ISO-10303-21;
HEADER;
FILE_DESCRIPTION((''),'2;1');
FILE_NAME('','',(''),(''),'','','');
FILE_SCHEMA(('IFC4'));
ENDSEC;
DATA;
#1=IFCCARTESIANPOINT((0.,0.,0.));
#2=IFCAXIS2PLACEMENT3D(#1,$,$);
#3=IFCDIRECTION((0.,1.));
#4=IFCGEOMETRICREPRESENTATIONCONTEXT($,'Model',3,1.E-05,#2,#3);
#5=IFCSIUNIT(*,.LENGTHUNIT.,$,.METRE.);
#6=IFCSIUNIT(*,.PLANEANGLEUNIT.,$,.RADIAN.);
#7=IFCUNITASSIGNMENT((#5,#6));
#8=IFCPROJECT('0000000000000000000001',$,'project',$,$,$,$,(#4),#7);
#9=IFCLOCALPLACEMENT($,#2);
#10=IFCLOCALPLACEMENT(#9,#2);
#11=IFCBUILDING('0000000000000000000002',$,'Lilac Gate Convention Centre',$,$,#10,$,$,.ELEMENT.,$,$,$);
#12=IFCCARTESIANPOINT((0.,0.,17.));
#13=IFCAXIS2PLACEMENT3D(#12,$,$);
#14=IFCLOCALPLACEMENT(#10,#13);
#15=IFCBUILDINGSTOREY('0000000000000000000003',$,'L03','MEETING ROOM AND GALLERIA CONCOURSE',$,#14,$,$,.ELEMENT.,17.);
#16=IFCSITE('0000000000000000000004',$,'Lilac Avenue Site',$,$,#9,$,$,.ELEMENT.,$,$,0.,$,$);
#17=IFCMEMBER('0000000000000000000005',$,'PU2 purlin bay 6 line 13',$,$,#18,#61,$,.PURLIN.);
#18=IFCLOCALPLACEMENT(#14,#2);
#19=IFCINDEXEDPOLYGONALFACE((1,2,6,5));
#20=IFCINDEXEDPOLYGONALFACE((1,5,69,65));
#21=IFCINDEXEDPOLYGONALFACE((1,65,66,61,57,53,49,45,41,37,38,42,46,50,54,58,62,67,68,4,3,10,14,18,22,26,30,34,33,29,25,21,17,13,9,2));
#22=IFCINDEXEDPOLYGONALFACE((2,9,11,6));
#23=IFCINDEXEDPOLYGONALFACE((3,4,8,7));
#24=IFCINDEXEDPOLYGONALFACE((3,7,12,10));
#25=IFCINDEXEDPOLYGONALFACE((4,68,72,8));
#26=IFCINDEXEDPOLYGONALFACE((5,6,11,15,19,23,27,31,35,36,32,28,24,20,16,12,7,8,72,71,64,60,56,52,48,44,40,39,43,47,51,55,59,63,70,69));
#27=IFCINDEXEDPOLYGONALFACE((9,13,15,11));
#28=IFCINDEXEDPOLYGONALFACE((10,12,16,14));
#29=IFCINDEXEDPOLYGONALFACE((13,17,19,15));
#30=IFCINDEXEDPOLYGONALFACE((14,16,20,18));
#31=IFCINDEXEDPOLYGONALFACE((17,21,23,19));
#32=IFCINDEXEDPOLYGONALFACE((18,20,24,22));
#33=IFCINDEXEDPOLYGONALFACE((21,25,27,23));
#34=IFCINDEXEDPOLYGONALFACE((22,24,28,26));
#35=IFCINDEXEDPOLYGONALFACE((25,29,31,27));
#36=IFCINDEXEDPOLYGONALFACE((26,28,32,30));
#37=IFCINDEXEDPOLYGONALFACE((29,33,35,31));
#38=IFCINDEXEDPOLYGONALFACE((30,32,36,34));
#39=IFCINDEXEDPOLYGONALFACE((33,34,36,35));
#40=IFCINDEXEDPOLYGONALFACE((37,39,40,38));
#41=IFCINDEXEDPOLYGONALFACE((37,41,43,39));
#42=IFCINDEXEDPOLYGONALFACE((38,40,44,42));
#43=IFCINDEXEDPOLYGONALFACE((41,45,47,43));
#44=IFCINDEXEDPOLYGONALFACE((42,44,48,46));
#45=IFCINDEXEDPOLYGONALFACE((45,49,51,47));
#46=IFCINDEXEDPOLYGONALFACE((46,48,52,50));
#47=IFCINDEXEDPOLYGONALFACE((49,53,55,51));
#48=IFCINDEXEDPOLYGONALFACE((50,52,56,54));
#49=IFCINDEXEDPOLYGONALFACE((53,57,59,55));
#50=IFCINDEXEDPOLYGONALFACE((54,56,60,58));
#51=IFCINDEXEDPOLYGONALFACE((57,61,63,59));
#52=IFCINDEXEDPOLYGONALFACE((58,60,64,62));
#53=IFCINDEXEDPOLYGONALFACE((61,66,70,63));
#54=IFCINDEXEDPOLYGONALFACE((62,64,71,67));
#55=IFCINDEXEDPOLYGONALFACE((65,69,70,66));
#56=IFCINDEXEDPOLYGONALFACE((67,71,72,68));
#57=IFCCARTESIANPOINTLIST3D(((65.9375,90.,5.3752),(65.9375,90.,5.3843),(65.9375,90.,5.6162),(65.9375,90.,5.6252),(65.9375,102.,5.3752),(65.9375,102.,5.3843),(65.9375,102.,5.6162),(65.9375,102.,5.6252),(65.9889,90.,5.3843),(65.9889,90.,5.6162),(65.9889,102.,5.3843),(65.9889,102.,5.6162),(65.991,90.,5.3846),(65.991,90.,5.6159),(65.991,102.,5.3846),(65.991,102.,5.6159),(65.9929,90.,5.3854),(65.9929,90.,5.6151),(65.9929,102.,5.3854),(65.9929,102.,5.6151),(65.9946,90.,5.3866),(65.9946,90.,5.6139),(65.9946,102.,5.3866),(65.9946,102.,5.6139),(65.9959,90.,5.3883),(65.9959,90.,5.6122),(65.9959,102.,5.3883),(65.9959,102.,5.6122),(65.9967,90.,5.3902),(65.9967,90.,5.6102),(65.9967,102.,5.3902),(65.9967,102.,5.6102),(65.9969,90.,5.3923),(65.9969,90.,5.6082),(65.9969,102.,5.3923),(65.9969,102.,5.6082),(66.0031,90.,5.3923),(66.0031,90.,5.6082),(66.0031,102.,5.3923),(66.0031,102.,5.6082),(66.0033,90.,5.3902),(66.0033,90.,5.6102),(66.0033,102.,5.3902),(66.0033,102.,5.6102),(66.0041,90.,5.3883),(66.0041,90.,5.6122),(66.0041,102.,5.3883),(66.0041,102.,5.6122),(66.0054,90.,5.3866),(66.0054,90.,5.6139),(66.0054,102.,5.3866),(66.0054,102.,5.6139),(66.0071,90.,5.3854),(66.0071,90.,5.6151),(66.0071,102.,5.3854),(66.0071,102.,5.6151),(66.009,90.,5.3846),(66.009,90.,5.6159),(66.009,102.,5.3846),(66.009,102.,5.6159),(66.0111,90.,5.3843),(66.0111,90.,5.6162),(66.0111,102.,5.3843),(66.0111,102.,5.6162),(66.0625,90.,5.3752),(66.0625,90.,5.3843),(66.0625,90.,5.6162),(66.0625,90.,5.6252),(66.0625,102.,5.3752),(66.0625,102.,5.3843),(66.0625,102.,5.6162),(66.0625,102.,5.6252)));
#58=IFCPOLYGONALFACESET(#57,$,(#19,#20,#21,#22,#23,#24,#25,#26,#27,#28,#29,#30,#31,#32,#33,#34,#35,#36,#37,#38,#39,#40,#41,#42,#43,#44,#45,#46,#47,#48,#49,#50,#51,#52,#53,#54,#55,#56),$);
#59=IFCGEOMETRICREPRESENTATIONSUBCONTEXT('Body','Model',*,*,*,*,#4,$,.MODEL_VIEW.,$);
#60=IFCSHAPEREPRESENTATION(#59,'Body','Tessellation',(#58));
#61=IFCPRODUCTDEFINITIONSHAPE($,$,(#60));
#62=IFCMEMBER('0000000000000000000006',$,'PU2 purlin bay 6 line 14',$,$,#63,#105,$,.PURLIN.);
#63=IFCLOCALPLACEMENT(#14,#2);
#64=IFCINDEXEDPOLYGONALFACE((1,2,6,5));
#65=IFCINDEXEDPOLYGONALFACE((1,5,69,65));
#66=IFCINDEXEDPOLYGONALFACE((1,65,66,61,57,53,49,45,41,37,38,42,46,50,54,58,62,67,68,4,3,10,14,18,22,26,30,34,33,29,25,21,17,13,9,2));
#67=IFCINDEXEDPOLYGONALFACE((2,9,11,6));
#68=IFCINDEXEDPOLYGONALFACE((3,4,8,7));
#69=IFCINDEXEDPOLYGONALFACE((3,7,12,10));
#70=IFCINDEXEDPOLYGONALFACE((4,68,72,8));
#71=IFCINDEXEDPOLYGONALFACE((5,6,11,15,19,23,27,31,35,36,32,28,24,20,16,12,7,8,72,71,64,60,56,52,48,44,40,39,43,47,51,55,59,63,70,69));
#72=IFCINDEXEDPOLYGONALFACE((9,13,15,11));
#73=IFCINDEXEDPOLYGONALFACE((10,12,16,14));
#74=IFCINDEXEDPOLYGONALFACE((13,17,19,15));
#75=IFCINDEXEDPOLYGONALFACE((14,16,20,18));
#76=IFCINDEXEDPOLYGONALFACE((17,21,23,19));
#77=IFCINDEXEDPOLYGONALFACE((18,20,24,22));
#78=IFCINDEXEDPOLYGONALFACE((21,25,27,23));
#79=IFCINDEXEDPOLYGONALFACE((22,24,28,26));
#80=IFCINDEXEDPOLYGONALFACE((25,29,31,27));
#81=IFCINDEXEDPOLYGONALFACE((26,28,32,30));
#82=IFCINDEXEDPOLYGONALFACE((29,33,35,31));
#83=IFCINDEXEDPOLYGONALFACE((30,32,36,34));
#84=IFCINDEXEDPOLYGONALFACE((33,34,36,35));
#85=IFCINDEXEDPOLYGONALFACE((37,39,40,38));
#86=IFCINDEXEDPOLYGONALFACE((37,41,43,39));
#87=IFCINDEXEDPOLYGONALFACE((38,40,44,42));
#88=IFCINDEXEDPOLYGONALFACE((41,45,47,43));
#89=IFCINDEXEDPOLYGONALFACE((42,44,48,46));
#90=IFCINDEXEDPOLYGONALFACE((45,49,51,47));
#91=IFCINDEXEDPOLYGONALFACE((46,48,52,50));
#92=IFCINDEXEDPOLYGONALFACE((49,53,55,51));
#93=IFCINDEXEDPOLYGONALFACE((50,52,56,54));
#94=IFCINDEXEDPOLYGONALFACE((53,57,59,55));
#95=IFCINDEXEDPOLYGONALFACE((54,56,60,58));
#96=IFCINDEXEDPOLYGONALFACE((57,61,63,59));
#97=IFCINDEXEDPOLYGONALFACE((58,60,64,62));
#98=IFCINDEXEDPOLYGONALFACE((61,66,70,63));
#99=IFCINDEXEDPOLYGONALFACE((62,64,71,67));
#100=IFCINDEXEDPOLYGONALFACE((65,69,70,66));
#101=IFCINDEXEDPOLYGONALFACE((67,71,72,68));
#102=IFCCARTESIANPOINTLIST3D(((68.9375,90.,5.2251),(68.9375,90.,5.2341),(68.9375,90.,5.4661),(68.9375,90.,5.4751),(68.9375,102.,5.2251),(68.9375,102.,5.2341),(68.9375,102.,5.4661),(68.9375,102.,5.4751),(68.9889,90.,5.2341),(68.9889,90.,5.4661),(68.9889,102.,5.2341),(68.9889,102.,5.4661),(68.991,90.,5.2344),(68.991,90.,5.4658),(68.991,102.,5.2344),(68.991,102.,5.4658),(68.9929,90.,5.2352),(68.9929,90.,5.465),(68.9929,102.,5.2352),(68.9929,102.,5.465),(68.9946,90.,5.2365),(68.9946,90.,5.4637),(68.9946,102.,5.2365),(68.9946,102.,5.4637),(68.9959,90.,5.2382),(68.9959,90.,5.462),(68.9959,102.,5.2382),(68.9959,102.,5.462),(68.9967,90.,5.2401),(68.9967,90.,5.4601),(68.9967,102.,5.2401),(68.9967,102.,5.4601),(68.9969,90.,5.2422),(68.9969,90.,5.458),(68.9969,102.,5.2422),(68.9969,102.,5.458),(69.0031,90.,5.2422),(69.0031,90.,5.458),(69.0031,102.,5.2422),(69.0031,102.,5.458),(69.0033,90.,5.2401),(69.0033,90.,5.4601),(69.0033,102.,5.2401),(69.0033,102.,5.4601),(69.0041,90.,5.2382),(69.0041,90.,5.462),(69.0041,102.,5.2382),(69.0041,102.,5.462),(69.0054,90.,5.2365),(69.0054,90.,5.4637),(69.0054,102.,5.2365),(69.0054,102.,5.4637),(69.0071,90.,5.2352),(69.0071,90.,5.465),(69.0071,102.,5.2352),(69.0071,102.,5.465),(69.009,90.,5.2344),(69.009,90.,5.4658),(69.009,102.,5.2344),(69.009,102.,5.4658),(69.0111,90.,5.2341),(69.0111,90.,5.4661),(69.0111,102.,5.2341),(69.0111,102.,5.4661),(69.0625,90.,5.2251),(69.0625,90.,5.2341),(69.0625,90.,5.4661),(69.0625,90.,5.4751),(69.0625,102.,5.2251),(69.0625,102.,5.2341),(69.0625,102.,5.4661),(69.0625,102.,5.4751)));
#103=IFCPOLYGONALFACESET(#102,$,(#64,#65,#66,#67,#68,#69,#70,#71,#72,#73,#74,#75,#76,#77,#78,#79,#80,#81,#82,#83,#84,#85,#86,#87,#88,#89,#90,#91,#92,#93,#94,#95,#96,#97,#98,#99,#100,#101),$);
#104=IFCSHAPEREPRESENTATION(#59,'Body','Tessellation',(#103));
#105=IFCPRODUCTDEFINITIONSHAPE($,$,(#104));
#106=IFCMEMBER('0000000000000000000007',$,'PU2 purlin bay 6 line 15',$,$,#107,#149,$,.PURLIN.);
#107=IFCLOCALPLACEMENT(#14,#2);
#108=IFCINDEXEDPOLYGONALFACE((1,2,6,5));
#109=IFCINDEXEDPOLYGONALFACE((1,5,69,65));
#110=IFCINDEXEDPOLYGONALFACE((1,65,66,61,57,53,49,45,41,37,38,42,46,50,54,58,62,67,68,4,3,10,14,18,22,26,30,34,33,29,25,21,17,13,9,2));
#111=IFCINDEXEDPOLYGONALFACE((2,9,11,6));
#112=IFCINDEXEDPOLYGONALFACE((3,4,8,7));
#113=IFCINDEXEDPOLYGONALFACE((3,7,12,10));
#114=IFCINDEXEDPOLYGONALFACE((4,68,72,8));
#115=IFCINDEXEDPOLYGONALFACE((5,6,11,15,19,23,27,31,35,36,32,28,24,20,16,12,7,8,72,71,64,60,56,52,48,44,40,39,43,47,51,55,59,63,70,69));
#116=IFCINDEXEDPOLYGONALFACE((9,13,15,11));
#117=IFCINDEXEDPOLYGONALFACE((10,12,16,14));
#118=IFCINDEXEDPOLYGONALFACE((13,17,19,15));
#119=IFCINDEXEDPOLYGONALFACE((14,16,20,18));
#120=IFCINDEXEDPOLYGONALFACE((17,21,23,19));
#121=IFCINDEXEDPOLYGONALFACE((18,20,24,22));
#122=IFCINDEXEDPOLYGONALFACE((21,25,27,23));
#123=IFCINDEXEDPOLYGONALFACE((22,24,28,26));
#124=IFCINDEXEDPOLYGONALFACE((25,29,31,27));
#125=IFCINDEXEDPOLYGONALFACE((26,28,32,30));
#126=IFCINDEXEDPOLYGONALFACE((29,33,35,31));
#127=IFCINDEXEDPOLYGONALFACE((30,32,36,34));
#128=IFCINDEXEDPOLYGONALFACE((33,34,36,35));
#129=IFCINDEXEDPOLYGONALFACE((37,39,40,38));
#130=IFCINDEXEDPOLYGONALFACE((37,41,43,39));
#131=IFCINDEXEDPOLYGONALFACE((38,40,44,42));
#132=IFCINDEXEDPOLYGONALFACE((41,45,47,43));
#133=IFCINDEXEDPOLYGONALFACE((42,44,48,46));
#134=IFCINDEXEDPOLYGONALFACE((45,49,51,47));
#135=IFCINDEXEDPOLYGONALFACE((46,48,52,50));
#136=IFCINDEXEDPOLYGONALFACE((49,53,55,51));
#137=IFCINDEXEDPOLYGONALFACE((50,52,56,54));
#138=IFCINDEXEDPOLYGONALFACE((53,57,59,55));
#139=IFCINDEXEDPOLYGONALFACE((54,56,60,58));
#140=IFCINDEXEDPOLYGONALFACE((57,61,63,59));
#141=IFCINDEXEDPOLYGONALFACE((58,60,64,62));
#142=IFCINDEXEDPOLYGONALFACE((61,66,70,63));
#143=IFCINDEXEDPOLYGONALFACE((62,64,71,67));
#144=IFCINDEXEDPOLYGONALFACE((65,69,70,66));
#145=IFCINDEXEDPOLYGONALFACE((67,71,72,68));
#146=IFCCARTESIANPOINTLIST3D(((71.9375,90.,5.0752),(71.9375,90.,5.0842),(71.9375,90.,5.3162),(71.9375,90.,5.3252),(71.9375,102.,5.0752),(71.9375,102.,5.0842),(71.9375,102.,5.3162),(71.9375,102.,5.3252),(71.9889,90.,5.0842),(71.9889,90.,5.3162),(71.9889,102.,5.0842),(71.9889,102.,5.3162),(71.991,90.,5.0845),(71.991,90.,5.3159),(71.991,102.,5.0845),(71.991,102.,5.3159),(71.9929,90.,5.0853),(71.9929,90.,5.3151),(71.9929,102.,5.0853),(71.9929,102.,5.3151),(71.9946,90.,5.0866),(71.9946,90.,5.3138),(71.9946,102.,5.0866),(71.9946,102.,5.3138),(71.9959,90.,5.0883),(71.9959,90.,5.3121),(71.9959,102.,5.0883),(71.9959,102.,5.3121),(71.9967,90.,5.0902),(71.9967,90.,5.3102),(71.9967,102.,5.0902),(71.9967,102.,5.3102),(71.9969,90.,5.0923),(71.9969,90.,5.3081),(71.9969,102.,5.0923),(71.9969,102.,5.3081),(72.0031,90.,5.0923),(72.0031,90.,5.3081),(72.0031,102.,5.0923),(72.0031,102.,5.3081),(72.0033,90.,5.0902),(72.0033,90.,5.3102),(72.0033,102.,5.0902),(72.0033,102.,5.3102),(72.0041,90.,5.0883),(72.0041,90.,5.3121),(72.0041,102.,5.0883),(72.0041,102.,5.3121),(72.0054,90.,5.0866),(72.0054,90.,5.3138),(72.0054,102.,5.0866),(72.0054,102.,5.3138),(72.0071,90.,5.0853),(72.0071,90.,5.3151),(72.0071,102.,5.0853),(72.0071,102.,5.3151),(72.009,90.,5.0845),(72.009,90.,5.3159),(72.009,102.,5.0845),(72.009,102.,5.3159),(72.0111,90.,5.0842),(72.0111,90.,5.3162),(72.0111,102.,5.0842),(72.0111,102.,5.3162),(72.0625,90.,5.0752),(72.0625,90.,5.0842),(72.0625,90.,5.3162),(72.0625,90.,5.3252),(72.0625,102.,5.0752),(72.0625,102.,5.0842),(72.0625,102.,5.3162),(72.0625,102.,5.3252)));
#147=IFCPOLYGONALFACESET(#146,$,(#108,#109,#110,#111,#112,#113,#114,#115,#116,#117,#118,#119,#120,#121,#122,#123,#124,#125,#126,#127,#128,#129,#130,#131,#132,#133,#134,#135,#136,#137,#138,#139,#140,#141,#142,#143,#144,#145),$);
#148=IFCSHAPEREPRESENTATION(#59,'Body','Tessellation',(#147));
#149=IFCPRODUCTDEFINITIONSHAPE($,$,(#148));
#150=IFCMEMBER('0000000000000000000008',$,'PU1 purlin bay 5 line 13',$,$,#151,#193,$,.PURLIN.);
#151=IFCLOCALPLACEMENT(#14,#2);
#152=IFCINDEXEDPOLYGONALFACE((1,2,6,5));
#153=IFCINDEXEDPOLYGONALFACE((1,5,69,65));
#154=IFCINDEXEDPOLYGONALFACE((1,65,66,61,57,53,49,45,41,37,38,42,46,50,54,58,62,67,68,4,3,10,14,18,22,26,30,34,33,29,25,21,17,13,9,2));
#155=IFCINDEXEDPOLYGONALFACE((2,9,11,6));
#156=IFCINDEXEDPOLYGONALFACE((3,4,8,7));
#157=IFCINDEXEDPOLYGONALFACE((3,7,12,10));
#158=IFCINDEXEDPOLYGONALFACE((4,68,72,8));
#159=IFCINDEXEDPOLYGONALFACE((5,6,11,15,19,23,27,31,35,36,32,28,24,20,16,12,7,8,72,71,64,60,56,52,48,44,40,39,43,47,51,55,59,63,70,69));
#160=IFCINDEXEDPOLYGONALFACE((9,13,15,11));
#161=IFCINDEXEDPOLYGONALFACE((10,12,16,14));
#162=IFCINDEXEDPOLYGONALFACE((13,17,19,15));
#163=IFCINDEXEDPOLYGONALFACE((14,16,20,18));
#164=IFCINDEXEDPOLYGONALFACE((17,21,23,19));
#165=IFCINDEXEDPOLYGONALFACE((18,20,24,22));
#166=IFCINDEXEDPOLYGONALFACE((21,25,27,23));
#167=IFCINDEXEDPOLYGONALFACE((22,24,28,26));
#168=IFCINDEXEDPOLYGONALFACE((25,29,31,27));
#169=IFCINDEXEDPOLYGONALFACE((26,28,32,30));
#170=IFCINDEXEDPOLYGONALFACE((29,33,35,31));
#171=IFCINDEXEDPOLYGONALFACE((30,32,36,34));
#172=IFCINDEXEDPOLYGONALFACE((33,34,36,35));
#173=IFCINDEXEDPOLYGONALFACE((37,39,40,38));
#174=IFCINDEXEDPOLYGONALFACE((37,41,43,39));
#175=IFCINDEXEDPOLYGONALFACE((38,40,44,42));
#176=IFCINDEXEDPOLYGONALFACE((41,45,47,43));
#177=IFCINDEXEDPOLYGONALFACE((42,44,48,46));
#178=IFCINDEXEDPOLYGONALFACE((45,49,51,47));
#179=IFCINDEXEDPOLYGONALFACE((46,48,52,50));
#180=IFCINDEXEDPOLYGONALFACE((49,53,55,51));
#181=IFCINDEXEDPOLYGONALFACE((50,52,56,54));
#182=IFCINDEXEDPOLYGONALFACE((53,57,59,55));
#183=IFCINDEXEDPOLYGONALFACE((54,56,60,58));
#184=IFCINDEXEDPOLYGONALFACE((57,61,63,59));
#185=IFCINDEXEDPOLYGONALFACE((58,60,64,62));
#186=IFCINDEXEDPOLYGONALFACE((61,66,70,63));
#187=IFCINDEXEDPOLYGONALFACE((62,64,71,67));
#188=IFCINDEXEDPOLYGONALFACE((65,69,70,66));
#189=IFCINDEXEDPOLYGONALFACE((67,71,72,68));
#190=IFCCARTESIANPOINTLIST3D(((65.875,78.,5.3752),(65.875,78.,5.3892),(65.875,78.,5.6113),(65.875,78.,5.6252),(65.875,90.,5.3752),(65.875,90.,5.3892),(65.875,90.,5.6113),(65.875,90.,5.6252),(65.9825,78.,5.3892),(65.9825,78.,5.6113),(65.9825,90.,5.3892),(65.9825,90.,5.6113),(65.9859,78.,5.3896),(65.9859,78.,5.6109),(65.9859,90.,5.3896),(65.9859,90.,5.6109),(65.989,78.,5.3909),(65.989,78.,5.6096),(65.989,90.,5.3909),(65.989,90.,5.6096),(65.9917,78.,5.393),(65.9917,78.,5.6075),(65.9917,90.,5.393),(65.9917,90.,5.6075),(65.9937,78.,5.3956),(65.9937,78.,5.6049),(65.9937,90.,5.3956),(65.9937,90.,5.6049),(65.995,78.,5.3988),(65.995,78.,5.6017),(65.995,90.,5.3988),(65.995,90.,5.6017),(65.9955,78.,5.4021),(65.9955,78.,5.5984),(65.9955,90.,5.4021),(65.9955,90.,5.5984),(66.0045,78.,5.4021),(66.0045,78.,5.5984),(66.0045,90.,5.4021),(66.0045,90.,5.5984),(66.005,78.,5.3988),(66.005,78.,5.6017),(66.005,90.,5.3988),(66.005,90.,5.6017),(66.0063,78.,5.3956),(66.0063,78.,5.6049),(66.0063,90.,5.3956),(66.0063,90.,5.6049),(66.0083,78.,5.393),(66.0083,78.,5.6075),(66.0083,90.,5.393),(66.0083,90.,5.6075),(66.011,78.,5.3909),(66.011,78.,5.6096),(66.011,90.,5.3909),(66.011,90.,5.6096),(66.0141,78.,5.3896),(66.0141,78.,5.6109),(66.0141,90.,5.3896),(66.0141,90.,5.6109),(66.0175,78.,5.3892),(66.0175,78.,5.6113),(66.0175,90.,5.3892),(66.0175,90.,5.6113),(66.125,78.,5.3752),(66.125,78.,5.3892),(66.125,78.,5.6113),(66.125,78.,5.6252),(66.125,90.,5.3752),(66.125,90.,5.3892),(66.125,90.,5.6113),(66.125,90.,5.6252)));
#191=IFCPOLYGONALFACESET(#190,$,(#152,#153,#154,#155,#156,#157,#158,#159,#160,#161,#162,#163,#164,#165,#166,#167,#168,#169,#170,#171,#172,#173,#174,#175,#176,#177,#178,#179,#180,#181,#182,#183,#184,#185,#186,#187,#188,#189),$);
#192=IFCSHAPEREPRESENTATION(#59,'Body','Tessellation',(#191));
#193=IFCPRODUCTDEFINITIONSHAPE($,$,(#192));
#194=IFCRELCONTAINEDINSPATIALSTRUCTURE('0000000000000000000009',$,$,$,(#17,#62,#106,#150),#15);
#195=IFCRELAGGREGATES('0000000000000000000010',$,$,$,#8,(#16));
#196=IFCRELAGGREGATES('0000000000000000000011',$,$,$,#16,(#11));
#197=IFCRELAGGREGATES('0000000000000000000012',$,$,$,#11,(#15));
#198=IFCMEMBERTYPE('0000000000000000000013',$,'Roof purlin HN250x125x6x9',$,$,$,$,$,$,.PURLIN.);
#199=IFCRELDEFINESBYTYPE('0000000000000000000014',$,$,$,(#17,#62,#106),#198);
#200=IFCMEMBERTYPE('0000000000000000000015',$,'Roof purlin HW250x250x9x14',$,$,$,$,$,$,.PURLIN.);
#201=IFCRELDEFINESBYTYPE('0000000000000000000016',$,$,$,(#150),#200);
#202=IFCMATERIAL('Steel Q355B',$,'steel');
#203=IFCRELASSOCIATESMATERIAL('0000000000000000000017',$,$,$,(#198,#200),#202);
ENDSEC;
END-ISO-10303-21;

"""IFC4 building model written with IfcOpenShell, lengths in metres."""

from ifc_helpers import new_model, si_unit, direction, frame, origin, origin_2d, place, context, subcontext, project, spatial, i_section, extrude, material, material_profile, profile_set, type_object, element, save


model = new_model("IFC4")

# Units and contexts
model_context = context("Model", 3, precision=1e-05, world=origin(), true_north=direction((0.0, 1.0)))
body_context = subcontext(model_context, "Body", "Model", "MODEL_VIEW")
ifc_project = project(units=[si_unit("LENGTHUNIT", "METRE"), si_unit("PLANEANGLEUNIT", "RADIAN")], contexts=[model_context])

# Site, building, storey
site_placement = place(None, origin())
site = spatial("IfcSite", under=ifc_project, at=site_placement, Name="Lilac Avenue Site", CompositionType="ELEMENT", RefElevation=0.0)
building_placement = place(site_placement, origin())
building = spatial("IfcBuilding", under=site, at=building_placement, Name="Lilac Gate Convention Centre", CompositionType="ELEMENT")
storey_placement = place(building_placement, frame((0.0, 0.0, 17.0)))
storey = spatial("IfcBuildingStorey", under=building, at=storey_placement, Name="L03", Description="MEETING ROOM AND GALLERIA CONCOURSE", CompositionType="ELEMENT", Elevation=17.0)

# Members
ifc_material = material(Name="Steel Q355B", Category="steel")
ifc_material_profile_1 = material_profile(ifc_material, i_section(OverallWidth=0.125, OverallDepth=0.25, WebThickness=0.0061, FlangeThickness=0.009, FilletRadius=0.0081, at=origin_2d()), Name="HN250x125x6x9")
ifc_profile_set_1 = profile_set([ifc_material_profile_1], Name="Steel Q355B")
member_type_1 = type_object("IfcMemberType", Name="Roof purlin HN250x125x6x9", PredefinedType="PURLIN", material=ifc_profile_set_1)
for number, where, z_axis, x_axis, name in (
    (1, (66.0, 90.0, 5.5002), (0.0, 1.0, 0.0), (-1.0, 0.0, 0.0), "PU2 purlin bay 6 line 13"),
    (2, (69.0, 90.0, 5.3501), (0.0, 1.0, 0.0), (-1.0, 0.0, 0.0), "PU2 purlin bay 6 line 14"),
    (3, (72.0, 90.0, 5.2002), (0.0, 1.0, 0.0), (-1.0, 0.0, 0.0), "PU2 purlin bay 6 line 15"),
):
    element("IfcMember", number, at=place(storey_placement, frame(where, z_axis=z_axis, x_axis=x_axis)), inside=storey, type_object=member_type_1, Name=name, PredefinedType="PURLIN", context=body_context, shape_type="SweptSolid", body=[
        extrude(i_section(OverallWidth=0.125, OverallDepth=0.25, WebThickness=0.0061, FlangeThickness=0.009, FilletRadius=0.0081, at=origin_2d()), origin(), (0.0, 0.0, 1.0), 12.0),
    ])
ifc_material_profile_2 = material_profile(ifc_material, i_section(OverallWidth=0.25, OverallDepth=0.25, WebThickness=0.009, FlangeThickness=0.0139, FilletRadius=0.0129, at=origin_2d()), Name="HW250x250x9x14")
ifc_profile_set_2 = profile_set([ifc_material_profile_2], Name="Steel Q355B")
member_type_2 = type_object("IfcMemberType", Name="Roof purlin HW250x250x9x14", PredefinedType="PURLIN", material=ifc_profile_set_2)
for number, where, z_axis, x_axis, name in (
    (4, (66.0, 78.0, 5.5002), (0.0, 1.0, 0.0), (-1.0, 0.0, 0.0), "PU1 purlin bay 5 line 13"),
):
    element("IfcMember", number, at=place(storey_placement, frame(where, z_axis=z_axis, x_axis=x_axis)), inside=storey, type_object=member_type_2, Name=name, PredefinedType="PURLIN", context=body_context, shape_type="SweptSolid", body=[
        extrude(i_section(OverallWidth=0.25, OverallDepth=0.25, WebThickness=0.009, FlangeThickness=0.0139, FilletRadius=0.0129, at=origin_2d()), origin(), (0.0, 0.0, 1.0), 12.0),
    ])

save(model, "model.ifc")
